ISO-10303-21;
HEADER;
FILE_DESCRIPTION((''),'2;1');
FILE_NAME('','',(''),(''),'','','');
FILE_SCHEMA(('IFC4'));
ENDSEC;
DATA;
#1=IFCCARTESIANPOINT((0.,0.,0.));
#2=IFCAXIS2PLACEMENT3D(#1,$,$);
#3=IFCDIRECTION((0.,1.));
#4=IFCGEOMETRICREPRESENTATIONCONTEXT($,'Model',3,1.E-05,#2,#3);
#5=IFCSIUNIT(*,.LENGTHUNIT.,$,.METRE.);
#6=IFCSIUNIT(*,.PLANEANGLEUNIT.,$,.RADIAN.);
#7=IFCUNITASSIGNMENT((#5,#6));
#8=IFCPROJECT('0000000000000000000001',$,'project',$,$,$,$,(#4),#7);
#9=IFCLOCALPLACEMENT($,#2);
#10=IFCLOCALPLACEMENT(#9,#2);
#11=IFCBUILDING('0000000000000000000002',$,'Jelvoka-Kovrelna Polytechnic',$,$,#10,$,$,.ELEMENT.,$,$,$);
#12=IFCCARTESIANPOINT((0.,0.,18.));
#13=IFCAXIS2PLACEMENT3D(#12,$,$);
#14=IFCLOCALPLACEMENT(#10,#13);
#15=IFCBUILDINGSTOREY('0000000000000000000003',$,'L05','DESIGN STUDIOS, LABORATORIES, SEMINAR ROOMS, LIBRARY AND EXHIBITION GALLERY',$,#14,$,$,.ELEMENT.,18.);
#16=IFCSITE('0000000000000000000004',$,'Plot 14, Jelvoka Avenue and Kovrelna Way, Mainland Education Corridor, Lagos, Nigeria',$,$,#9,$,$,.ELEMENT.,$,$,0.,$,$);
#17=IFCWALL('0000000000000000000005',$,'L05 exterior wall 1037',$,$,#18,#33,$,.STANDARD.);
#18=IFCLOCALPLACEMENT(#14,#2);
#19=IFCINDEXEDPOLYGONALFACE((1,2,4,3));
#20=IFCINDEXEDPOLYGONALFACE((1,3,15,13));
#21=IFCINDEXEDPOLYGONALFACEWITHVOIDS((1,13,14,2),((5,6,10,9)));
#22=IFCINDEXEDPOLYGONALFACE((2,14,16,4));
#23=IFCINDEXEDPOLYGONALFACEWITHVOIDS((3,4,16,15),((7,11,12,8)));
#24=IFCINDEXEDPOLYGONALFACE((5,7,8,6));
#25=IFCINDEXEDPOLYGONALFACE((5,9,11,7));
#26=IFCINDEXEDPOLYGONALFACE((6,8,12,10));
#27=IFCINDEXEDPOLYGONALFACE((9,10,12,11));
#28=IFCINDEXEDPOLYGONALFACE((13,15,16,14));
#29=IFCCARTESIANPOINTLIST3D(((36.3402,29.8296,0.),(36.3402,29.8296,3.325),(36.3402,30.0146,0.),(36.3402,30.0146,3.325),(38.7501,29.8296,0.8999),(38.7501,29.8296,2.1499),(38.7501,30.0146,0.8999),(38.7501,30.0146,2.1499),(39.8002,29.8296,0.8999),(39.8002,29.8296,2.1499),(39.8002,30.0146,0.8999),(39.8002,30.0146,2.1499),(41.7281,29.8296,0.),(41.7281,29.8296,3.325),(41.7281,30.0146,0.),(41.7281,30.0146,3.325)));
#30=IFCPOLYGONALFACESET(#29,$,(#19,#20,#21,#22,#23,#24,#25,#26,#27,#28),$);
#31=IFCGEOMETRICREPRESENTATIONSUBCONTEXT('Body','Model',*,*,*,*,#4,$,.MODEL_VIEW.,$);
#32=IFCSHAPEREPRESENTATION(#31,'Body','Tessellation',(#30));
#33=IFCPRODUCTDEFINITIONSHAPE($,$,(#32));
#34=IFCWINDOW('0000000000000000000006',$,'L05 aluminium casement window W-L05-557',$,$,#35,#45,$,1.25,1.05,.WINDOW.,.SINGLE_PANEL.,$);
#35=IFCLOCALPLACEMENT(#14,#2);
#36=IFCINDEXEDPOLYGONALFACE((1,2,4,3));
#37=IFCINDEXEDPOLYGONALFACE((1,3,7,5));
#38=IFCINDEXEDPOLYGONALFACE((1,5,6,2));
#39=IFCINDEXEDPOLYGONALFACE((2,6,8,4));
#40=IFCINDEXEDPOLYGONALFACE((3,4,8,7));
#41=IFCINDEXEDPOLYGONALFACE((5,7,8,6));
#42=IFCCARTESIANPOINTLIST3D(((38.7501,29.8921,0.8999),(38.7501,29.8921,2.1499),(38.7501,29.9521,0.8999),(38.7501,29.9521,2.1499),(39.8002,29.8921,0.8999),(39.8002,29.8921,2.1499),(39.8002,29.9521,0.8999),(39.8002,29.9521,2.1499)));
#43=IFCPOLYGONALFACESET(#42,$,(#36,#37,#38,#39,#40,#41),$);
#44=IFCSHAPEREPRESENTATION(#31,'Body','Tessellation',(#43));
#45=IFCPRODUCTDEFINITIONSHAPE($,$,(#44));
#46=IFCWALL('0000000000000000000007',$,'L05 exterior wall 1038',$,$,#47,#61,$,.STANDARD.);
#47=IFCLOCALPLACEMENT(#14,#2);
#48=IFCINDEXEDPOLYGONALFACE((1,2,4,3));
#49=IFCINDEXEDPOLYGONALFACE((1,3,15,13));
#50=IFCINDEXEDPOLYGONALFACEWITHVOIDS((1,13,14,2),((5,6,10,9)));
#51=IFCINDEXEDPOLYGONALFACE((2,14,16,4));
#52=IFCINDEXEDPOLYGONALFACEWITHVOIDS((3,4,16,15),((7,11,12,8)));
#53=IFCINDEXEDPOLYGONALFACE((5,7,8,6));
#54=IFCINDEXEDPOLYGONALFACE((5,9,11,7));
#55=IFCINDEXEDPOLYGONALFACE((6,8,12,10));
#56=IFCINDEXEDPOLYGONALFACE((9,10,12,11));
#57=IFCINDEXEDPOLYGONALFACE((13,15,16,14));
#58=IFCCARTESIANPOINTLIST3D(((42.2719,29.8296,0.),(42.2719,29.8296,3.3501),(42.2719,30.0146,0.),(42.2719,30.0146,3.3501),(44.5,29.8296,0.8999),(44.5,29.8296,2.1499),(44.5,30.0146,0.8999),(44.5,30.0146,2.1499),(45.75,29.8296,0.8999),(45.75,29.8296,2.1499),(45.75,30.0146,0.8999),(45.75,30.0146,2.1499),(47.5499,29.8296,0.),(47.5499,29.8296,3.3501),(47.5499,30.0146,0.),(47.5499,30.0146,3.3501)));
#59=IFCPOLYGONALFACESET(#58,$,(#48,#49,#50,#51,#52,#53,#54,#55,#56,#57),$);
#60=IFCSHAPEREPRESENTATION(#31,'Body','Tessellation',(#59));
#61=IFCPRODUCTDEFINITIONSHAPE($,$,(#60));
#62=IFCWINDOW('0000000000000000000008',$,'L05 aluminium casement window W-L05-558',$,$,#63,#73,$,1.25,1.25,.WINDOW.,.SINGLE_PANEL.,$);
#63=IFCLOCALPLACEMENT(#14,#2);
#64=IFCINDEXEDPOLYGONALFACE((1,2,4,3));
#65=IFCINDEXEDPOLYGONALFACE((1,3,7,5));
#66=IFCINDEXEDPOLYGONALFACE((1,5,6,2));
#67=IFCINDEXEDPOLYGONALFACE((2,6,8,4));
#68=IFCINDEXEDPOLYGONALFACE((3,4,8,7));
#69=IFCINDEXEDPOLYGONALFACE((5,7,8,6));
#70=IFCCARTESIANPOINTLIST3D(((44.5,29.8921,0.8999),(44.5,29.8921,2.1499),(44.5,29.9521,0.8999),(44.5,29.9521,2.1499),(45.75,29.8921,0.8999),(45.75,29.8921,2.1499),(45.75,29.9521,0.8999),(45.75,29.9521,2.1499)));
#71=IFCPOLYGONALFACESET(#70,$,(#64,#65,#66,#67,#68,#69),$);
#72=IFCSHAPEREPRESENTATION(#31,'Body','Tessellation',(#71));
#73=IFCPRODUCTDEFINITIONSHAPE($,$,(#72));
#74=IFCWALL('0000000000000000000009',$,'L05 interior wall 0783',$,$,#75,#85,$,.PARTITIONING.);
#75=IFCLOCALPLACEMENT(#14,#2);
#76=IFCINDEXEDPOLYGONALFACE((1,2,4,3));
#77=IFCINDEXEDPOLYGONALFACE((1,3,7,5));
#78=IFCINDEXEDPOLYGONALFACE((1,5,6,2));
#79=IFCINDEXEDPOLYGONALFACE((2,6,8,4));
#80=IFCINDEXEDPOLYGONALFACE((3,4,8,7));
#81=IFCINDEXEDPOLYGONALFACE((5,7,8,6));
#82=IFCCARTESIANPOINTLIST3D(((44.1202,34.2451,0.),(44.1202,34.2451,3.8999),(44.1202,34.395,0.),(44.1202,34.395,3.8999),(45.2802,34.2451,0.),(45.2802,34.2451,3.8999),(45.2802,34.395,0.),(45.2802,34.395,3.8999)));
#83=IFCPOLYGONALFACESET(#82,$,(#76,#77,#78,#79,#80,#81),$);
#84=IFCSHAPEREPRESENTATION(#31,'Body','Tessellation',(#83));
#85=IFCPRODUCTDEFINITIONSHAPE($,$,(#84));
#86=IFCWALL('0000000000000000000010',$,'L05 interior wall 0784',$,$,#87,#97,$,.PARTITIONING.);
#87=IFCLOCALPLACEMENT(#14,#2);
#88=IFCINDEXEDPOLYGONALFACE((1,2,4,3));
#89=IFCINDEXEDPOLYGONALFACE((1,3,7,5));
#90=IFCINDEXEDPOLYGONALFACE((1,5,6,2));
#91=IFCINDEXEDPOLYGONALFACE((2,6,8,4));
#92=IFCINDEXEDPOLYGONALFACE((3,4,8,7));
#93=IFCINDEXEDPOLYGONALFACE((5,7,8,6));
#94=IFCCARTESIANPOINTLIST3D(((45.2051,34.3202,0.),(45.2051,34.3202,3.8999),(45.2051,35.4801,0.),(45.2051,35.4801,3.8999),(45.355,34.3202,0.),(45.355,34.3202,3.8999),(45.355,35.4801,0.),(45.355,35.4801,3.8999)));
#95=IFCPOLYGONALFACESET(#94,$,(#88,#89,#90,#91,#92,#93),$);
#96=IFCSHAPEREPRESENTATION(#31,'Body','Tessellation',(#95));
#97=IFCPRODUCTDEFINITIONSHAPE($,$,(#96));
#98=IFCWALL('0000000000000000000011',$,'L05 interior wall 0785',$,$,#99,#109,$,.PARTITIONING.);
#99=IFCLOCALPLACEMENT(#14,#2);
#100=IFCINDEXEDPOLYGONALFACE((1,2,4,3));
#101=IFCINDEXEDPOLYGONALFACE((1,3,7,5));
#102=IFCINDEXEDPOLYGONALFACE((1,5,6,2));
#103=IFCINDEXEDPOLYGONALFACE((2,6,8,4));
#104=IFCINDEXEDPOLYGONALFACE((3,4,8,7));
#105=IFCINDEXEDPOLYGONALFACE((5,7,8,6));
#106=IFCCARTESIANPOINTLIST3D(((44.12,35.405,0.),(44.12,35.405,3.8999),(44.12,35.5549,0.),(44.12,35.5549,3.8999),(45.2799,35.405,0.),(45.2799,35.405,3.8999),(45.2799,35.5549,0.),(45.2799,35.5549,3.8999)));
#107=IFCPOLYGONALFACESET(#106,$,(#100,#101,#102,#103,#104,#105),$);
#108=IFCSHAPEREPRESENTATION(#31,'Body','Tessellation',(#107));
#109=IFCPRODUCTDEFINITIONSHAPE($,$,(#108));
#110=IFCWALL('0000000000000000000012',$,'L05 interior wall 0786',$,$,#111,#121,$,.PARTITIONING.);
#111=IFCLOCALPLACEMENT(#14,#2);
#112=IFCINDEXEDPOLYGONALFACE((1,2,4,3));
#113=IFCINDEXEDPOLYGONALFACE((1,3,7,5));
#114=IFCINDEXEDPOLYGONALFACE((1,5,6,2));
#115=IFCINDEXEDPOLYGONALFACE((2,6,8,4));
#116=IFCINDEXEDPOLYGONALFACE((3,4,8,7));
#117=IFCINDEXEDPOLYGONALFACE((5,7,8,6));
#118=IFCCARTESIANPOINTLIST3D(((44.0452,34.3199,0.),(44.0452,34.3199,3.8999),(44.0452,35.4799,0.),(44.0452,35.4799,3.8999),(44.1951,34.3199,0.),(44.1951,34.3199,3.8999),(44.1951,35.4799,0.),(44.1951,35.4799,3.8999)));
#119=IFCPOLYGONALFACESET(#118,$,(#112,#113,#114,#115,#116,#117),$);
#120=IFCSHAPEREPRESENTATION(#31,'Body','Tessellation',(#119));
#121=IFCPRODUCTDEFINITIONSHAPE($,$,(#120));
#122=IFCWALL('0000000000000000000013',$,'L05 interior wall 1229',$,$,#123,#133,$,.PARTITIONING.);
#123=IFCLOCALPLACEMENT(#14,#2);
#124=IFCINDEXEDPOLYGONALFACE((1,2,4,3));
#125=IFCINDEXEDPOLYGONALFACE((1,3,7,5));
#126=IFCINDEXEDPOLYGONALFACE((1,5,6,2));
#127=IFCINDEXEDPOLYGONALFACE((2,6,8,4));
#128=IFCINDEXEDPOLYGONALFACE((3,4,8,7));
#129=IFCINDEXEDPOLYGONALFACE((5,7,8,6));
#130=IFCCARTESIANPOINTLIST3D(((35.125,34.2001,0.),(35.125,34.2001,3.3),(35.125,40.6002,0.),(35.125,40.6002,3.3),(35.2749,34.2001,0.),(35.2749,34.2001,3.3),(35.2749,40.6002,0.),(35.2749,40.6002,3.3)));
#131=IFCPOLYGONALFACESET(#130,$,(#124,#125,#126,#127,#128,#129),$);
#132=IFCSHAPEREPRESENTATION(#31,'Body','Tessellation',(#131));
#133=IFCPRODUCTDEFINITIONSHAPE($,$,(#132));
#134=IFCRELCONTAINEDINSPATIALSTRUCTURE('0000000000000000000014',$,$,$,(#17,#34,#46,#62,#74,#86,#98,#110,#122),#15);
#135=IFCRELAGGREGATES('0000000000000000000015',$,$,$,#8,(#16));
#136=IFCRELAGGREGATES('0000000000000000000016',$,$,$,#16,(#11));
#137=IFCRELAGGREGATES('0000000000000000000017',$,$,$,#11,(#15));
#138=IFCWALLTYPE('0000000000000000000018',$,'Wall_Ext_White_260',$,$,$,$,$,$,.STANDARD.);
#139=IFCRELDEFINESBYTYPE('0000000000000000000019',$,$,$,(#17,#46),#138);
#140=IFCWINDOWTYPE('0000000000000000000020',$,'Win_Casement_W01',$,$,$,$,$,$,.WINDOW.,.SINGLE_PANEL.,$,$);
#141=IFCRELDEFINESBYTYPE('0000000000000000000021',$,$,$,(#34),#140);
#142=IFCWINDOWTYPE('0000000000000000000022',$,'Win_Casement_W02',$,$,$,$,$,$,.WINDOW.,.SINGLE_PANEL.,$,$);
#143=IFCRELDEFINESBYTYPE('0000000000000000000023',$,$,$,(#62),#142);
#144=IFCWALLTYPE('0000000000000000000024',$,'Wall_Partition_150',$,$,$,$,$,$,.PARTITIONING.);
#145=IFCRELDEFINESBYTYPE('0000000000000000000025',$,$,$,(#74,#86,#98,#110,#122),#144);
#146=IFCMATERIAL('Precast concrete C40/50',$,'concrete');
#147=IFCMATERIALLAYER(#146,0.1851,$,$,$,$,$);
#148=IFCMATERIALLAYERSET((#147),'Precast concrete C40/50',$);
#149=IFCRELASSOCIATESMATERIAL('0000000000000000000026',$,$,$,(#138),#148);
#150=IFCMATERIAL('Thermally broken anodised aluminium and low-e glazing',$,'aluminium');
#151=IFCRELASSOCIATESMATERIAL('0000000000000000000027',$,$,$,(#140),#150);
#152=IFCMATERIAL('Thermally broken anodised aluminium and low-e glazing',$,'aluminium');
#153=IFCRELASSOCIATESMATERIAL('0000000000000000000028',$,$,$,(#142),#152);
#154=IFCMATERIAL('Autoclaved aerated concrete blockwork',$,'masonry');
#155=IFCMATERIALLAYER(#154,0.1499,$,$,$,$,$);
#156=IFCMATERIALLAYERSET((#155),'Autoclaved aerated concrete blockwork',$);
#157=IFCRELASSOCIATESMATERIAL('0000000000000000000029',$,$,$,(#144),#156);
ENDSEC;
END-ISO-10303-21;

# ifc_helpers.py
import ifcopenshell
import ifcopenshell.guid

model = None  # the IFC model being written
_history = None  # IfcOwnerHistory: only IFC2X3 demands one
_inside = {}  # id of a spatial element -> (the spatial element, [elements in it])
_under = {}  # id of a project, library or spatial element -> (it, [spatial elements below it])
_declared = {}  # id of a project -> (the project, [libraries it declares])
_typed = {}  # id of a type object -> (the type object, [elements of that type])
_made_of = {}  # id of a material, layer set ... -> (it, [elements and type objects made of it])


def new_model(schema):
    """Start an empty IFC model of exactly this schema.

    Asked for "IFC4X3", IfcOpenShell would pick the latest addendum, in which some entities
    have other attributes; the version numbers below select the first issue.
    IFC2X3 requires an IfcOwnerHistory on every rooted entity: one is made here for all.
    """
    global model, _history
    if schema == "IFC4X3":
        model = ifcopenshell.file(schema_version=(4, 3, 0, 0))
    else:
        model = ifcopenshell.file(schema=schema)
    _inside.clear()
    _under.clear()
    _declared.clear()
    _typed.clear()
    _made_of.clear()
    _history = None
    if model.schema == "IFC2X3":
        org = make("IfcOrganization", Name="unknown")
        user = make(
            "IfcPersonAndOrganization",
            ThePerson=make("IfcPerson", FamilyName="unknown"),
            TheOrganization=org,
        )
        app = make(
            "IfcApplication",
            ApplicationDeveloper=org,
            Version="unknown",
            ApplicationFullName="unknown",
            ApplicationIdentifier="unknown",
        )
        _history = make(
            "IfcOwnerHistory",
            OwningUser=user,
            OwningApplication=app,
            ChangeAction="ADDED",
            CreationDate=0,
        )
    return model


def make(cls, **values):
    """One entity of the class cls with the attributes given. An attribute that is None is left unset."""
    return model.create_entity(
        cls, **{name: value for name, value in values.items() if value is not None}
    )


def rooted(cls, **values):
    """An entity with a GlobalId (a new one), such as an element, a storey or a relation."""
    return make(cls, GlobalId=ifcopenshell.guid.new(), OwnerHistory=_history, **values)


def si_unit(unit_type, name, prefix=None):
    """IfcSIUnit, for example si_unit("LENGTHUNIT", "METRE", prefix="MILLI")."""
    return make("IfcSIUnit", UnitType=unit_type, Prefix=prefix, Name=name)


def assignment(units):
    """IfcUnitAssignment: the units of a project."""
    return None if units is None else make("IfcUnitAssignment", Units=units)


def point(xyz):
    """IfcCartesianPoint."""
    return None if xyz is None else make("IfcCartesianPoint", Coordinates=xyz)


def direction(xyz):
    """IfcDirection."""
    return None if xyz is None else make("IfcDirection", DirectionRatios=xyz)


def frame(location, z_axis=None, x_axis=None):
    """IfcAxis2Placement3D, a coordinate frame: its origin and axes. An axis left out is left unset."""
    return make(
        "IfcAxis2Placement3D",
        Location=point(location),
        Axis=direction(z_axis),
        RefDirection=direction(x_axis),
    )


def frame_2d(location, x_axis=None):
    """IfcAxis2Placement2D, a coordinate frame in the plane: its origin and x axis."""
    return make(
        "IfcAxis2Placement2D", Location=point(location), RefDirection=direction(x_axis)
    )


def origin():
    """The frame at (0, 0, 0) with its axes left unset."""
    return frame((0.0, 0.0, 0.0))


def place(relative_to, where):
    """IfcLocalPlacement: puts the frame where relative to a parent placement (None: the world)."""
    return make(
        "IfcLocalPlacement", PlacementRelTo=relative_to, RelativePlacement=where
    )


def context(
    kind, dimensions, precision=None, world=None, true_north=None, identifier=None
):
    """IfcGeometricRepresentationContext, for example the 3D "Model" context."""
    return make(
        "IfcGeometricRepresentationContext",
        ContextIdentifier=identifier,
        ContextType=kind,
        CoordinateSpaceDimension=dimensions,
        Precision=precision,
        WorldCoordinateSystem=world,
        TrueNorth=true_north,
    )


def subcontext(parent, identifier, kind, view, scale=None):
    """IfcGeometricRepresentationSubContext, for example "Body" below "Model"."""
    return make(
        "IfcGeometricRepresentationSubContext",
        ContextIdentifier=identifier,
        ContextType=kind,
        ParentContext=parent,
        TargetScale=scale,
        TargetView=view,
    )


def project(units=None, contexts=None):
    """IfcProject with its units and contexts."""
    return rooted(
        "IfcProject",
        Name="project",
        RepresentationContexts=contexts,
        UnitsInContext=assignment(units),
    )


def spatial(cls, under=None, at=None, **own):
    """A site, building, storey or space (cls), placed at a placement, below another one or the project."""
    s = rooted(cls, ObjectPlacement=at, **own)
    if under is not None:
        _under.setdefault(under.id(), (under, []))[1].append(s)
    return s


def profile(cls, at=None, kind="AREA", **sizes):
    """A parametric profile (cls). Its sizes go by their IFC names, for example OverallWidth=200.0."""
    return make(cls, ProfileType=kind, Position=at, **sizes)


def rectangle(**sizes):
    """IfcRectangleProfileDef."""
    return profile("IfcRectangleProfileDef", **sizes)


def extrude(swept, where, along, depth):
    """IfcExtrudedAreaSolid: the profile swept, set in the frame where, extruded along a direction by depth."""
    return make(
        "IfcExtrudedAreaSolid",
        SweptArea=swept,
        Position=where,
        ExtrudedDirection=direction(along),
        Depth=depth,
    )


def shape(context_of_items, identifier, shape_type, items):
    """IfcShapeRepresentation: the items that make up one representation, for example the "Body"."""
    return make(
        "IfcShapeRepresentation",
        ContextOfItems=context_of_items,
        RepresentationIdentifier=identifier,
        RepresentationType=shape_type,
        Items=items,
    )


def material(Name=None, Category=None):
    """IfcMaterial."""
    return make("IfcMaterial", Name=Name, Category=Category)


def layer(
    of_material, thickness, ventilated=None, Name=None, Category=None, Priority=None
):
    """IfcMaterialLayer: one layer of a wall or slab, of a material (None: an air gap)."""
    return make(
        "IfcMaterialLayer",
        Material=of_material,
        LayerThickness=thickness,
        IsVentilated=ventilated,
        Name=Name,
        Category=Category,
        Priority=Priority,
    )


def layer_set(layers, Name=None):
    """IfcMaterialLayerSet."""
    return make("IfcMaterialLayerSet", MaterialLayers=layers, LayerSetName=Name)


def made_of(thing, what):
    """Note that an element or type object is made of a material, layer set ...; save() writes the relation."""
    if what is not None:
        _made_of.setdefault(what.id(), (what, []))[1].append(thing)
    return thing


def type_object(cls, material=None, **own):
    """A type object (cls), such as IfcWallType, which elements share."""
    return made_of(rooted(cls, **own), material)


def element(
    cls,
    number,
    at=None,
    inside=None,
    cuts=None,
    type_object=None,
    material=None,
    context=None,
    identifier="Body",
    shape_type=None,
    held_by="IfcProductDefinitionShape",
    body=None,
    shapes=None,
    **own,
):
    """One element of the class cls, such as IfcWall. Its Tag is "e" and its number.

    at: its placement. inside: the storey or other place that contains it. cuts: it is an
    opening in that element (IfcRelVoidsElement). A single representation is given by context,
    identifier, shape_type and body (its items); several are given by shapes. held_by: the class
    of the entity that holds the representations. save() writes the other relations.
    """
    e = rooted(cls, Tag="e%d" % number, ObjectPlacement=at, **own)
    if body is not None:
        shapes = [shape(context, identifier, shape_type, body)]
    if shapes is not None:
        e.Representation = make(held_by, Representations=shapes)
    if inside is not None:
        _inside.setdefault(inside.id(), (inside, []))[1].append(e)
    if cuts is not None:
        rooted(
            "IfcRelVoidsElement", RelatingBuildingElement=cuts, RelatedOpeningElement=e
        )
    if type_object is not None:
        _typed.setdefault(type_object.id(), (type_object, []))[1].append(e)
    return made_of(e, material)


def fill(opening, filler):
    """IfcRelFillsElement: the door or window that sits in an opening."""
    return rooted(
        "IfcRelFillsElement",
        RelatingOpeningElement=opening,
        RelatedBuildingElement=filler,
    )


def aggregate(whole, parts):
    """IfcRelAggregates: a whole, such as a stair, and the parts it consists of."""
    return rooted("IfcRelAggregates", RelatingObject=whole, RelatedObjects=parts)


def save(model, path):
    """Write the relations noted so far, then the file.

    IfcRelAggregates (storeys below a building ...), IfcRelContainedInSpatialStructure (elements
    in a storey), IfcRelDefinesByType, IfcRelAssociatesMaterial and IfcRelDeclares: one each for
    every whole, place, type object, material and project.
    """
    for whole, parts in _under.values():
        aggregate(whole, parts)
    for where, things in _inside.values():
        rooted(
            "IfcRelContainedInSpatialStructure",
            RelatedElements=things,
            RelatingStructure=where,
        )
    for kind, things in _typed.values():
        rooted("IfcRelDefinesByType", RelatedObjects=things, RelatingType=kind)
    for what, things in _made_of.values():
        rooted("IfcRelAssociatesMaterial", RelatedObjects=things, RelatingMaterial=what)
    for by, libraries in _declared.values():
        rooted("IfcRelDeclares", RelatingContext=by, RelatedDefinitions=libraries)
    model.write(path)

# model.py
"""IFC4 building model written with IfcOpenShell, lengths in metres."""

from ifc_helpers import new_model, si_unit, direction, frame, frame_2d, origin, place, context, subcontext, project, spatial, rectangle, extrude, material, layer, layer_set, type_object, element, fill, save


model = new_model("IFC4")

# Units and contexts
model_context = context("Model", 3, precision=1e-05, world=origin(), true_north=direction((0.0, 1.0)))
body_context = subcontext(model_context, "Body", "Model", "MODEL_VIEW")
ifc_project = project(units=[si_unit("LENGTHUNIT", "METRE"), si_unit("PLANEANGLEUNIT", "RADIAN")], contexts=[model_context])

# Site, building, storey
site_placement = place(None, origin())
site = spatial("IfcSite", under=ifc_project, at=site_placement, Name="Plot 14, Jelvoka Avenue and Kovrelna Way, Mainland Education Corridor, Lagos, Nigeria", CompositionType="ELEMENT", RefElevation=0.0)
building_placement = place(site_placement, origin())
building = spatial("IfcBuilding", under=site, at=building_placement, Name="Jelvoka-Kovrelna Polytechnic", CompositionType="ELEMENT")
storey_placement = place(building_placement, frame((0.0, 0.0, 18.0)))
storey = spatial("IfcBuildingStorey", under=building, at=storey_placement, Name="L05", Description="DESIGN STUDIOS, LABORATORIES, SEMINAR ROOMS, LIBRARY AND EXHIBITION GALLERY", CompositionType="ELEMENT", Elevation=18.0)

# Walls, openings, windows
ifc_material_1 = material(Name="Precast concrete C40/50", Category="concrete")
ifc_layer_1 = layer(ifc_material_1, 0.1851)
ifc_layer_set_1 = layer_set([ifc_layer_1], Name="Precast concrete C40/50")
wall_type_1 = type_object("IfcWallType", Name="Wall_Ext_White_260", PredefinedType="STANDARD", material=ifc_layer_set_1)
wall_1_placement = place(storey_placement, frame((41.728, 29.9221, 0.0), z_axis=(0.0, 0.0, 1.0), x_axis=(-1.0, 0.0, 0.0)))
wall_1 = element("IfcWall", 1, at=wall_1_placement, inside=storey, type_object=wall_type_1, Name="L05 exterior wall 1037", PredefinedType="STANDARD", context=body_context, shape_type="SweptSolid", body=[
    extrude(rectangle(XDim=5.3879, YDim=0.1851, at=frame_2d((2.6938, 0.0))), origin(), (0.0, 0.0, 1.0), 3.325),
])
opening_1_placement = place(wall_1_placement, frame((1.928, 0.0, 0.8999)))
opening_1 = element("IfcOpeningElement", 2, at=opening_1_placement, cuts=wall_1, PredefinedType="OPENING", context=body_context, shape_type="SweptSolid", body=[
    extrude(rectangle(XDim=1.05, YDim=1.25, at=frame_2d((0.5249, 0.625))), frame((0.0, 0.1025, 0.0), z_axis=(0.0, -1.0, 0.0), x_axis=(1.0, 0.0, 0.0)), (0.0, 0.0, 1.0), 0.2051),
])
ifc_material_2 = material(Name="Thermally broken anodised aluminium and low-e glazing", Category="aluminium")
window_type_1 = type_object("IfcWindowType", Name="Win_Casement_W01", PartitioningType="SINGLE_PANEL", PredefinedType="WINDOW", material=ifc_material_2)
window_1_placement = place(opening_1_placement, origin())
window_1 = element("IfcWindow", 3, at=window_1_placement, inside=storey, type_object=window_type_1, Name="L05 aluminium casement window W-L05-557", OverallHeight=1.25, OverallWidth=1.05, PartitioningType="SINGLE_PANEL", PredefinedType="WINDOW", context=body_context, shape_type="SweptSolid", body=[
    extrude(rectangle(XDim=1.05, YDim=1.25, at=frame_2d((0.5249, 0.625))), frame((0.0, 0.03, 0.0), z_axis=(0.0, -1.0, 0.0), x_axis=(1.0, 0.0, 0.0)), (0.0, 0.0, 1.0), 0.0601),
])
fill(opening_1, window_1)
wall_2_placement = place(storey_placement, frame((47.55, 29.9221, 0.0), z_axis=(0.0, 0.0, 1.0), x_axis=(-1.0, 0.0, 0.0)))
wall_2 = element("IfcWall", 4, at=wall_2_placement, inside=storey, type_object=wall_type_1, Name="L05 exterior wall 1038", PredefinedType="STANDARD", context=body_context, shape_type="SweptSolid", body=[
    extrude(rectangle(XDim=5.2781, YDim=0.1851, at=frame_2d((2.6392, 0.0))), origin(), (0.0, 0.0, 1.0), 3.3501),
])
opening_2_placement = place(wall_2_placement, frame((1.8, 0.0, 0.8999)))
opening_2 = element("IfcOpeningElement", 5, at=opening_2_placement, cuts=wall_2, PredefinedType="OPENING", context=body_context, shape_type="SweptSolid", body=[
    extrude(rectangle(XDim=1.25, YDim=1.25, at=frame_2d((0.625, 0.625))), frame((0.0, 0.1025, 0.0), z_axis=(0.0, -1.0, 0.0), x_axis=(1.0, 0.0, 0.0)), (0.0, 0.0, 1.0), 0.2051),
])
ifc_material_3 = material(Name="Thermally broken anodised aluminium and low-e glazing", Category="aluminium")
window_type_2 = type_object("IfcWindowType", Name="Win_Casement_W02", PartitioningType="SINGLE_PANEL", PredefinedType="WINDOW", material=ifc_material_3)
window_2_placement = place(opening_2_placement, origin())
window_2 = element("IfcWindow", 6, at=window_2_placement, inside=storey, type_object=window_type_2, Name="L05 aluminium casement window W-L05-558", OverallHeight=1.25, OverallWidth=1.25, PartitioningType="SINGLE_PANEL", PredefinedType="WINDOW", context=body_context, shape_type="SweptSolid", body=[
    extrude(rectangle(XDim=1.25, YDim=1.25, at=frame_2d((0.625, 0.625))), frame((0.0, 0.03, 0.0), z_axis=(0.0, -1.0, 0.0), x_axis=(1.0, 0.0, 0.0)), (0.0, 0.0, 1.0), 0.0601),
])
fill(opening_2, window_2)

# Walls
ifc_material_4 = material(Name="Autoclaved aerated concrete blockwork", Category="masonry")
ifc_layer_2 = layer(ifc_material_4, 0.1499)
ifc_layer_set_2 = layer_set([ifc_layer_2], Name="Autoclaved aerated concrete blockwork")
wall_type_2 = type_object("IfcWallType", Name="Wall_Partition_150", PredefinedType="PARTITIONING", material=ifc_layer_set_2)
for number, where, z_axis, x_axis, name in (
    (7, (44.1201, 34.3201, 0.0), (0.0, 0.0, 1.0), (1.0, 0.0, 0.0), "L05 interior wall 0783"),
    (8, (45.28, 34.3201, 0.0), (0.0, 0.0, 1.0), (0.0, 1.0, 0.0), "L05 interior wall 0784"),
    (9, (45.28, 35.48, 0.0), (0.0, 0.0, 1.0), (-1.0, 0.0, 0.0), "L05 interior wall 0785"),
    (10, (44.1201, 35.48, 0.0), (0.0, 0.0, 1.0), (0.0, -1.0, 0.0), "L05 interior wall 0786"),
):
    element("IfcWall", number, at=place(storey_placement, frame(where, z_axis=z_axis, x_axis=x_axis)), inside=storey, type_object=wall_type_2, Name=name, PredefinedType="PARTITIONING", context=body_context, shape_type="SweptSolid", body=[
        extrude(rectangle(XDim=1.1599, YDim=0.1499, at=frame_2d((0.5801, 0.0))), origin(), (0.0, 0.0, 1.0), 3.8999),
    ])
wall_3_placement = place(storey_placement, frame((35.2, 34.2, 0.0), z_axis=(0.0, 0.0, 1.0), x_axis=(0.0, 1.0, 0.0)))
element("IfcWall", 11, at=wall_3_placement, inside=storey, type_object=wall_type_2, Name="L05 interior wall 1229", PredefinedType="PARTITIONING", context=body_context, shape_type="SweptSolid", body=[
    extrude(rectangle(XDim=6.4001, YDim=0.1499, at=frame_2d((3.2002, 0.0))), origin(), (0.0, 0.0, 1.0), 3.3),
])

save(model, "model.ifc")
